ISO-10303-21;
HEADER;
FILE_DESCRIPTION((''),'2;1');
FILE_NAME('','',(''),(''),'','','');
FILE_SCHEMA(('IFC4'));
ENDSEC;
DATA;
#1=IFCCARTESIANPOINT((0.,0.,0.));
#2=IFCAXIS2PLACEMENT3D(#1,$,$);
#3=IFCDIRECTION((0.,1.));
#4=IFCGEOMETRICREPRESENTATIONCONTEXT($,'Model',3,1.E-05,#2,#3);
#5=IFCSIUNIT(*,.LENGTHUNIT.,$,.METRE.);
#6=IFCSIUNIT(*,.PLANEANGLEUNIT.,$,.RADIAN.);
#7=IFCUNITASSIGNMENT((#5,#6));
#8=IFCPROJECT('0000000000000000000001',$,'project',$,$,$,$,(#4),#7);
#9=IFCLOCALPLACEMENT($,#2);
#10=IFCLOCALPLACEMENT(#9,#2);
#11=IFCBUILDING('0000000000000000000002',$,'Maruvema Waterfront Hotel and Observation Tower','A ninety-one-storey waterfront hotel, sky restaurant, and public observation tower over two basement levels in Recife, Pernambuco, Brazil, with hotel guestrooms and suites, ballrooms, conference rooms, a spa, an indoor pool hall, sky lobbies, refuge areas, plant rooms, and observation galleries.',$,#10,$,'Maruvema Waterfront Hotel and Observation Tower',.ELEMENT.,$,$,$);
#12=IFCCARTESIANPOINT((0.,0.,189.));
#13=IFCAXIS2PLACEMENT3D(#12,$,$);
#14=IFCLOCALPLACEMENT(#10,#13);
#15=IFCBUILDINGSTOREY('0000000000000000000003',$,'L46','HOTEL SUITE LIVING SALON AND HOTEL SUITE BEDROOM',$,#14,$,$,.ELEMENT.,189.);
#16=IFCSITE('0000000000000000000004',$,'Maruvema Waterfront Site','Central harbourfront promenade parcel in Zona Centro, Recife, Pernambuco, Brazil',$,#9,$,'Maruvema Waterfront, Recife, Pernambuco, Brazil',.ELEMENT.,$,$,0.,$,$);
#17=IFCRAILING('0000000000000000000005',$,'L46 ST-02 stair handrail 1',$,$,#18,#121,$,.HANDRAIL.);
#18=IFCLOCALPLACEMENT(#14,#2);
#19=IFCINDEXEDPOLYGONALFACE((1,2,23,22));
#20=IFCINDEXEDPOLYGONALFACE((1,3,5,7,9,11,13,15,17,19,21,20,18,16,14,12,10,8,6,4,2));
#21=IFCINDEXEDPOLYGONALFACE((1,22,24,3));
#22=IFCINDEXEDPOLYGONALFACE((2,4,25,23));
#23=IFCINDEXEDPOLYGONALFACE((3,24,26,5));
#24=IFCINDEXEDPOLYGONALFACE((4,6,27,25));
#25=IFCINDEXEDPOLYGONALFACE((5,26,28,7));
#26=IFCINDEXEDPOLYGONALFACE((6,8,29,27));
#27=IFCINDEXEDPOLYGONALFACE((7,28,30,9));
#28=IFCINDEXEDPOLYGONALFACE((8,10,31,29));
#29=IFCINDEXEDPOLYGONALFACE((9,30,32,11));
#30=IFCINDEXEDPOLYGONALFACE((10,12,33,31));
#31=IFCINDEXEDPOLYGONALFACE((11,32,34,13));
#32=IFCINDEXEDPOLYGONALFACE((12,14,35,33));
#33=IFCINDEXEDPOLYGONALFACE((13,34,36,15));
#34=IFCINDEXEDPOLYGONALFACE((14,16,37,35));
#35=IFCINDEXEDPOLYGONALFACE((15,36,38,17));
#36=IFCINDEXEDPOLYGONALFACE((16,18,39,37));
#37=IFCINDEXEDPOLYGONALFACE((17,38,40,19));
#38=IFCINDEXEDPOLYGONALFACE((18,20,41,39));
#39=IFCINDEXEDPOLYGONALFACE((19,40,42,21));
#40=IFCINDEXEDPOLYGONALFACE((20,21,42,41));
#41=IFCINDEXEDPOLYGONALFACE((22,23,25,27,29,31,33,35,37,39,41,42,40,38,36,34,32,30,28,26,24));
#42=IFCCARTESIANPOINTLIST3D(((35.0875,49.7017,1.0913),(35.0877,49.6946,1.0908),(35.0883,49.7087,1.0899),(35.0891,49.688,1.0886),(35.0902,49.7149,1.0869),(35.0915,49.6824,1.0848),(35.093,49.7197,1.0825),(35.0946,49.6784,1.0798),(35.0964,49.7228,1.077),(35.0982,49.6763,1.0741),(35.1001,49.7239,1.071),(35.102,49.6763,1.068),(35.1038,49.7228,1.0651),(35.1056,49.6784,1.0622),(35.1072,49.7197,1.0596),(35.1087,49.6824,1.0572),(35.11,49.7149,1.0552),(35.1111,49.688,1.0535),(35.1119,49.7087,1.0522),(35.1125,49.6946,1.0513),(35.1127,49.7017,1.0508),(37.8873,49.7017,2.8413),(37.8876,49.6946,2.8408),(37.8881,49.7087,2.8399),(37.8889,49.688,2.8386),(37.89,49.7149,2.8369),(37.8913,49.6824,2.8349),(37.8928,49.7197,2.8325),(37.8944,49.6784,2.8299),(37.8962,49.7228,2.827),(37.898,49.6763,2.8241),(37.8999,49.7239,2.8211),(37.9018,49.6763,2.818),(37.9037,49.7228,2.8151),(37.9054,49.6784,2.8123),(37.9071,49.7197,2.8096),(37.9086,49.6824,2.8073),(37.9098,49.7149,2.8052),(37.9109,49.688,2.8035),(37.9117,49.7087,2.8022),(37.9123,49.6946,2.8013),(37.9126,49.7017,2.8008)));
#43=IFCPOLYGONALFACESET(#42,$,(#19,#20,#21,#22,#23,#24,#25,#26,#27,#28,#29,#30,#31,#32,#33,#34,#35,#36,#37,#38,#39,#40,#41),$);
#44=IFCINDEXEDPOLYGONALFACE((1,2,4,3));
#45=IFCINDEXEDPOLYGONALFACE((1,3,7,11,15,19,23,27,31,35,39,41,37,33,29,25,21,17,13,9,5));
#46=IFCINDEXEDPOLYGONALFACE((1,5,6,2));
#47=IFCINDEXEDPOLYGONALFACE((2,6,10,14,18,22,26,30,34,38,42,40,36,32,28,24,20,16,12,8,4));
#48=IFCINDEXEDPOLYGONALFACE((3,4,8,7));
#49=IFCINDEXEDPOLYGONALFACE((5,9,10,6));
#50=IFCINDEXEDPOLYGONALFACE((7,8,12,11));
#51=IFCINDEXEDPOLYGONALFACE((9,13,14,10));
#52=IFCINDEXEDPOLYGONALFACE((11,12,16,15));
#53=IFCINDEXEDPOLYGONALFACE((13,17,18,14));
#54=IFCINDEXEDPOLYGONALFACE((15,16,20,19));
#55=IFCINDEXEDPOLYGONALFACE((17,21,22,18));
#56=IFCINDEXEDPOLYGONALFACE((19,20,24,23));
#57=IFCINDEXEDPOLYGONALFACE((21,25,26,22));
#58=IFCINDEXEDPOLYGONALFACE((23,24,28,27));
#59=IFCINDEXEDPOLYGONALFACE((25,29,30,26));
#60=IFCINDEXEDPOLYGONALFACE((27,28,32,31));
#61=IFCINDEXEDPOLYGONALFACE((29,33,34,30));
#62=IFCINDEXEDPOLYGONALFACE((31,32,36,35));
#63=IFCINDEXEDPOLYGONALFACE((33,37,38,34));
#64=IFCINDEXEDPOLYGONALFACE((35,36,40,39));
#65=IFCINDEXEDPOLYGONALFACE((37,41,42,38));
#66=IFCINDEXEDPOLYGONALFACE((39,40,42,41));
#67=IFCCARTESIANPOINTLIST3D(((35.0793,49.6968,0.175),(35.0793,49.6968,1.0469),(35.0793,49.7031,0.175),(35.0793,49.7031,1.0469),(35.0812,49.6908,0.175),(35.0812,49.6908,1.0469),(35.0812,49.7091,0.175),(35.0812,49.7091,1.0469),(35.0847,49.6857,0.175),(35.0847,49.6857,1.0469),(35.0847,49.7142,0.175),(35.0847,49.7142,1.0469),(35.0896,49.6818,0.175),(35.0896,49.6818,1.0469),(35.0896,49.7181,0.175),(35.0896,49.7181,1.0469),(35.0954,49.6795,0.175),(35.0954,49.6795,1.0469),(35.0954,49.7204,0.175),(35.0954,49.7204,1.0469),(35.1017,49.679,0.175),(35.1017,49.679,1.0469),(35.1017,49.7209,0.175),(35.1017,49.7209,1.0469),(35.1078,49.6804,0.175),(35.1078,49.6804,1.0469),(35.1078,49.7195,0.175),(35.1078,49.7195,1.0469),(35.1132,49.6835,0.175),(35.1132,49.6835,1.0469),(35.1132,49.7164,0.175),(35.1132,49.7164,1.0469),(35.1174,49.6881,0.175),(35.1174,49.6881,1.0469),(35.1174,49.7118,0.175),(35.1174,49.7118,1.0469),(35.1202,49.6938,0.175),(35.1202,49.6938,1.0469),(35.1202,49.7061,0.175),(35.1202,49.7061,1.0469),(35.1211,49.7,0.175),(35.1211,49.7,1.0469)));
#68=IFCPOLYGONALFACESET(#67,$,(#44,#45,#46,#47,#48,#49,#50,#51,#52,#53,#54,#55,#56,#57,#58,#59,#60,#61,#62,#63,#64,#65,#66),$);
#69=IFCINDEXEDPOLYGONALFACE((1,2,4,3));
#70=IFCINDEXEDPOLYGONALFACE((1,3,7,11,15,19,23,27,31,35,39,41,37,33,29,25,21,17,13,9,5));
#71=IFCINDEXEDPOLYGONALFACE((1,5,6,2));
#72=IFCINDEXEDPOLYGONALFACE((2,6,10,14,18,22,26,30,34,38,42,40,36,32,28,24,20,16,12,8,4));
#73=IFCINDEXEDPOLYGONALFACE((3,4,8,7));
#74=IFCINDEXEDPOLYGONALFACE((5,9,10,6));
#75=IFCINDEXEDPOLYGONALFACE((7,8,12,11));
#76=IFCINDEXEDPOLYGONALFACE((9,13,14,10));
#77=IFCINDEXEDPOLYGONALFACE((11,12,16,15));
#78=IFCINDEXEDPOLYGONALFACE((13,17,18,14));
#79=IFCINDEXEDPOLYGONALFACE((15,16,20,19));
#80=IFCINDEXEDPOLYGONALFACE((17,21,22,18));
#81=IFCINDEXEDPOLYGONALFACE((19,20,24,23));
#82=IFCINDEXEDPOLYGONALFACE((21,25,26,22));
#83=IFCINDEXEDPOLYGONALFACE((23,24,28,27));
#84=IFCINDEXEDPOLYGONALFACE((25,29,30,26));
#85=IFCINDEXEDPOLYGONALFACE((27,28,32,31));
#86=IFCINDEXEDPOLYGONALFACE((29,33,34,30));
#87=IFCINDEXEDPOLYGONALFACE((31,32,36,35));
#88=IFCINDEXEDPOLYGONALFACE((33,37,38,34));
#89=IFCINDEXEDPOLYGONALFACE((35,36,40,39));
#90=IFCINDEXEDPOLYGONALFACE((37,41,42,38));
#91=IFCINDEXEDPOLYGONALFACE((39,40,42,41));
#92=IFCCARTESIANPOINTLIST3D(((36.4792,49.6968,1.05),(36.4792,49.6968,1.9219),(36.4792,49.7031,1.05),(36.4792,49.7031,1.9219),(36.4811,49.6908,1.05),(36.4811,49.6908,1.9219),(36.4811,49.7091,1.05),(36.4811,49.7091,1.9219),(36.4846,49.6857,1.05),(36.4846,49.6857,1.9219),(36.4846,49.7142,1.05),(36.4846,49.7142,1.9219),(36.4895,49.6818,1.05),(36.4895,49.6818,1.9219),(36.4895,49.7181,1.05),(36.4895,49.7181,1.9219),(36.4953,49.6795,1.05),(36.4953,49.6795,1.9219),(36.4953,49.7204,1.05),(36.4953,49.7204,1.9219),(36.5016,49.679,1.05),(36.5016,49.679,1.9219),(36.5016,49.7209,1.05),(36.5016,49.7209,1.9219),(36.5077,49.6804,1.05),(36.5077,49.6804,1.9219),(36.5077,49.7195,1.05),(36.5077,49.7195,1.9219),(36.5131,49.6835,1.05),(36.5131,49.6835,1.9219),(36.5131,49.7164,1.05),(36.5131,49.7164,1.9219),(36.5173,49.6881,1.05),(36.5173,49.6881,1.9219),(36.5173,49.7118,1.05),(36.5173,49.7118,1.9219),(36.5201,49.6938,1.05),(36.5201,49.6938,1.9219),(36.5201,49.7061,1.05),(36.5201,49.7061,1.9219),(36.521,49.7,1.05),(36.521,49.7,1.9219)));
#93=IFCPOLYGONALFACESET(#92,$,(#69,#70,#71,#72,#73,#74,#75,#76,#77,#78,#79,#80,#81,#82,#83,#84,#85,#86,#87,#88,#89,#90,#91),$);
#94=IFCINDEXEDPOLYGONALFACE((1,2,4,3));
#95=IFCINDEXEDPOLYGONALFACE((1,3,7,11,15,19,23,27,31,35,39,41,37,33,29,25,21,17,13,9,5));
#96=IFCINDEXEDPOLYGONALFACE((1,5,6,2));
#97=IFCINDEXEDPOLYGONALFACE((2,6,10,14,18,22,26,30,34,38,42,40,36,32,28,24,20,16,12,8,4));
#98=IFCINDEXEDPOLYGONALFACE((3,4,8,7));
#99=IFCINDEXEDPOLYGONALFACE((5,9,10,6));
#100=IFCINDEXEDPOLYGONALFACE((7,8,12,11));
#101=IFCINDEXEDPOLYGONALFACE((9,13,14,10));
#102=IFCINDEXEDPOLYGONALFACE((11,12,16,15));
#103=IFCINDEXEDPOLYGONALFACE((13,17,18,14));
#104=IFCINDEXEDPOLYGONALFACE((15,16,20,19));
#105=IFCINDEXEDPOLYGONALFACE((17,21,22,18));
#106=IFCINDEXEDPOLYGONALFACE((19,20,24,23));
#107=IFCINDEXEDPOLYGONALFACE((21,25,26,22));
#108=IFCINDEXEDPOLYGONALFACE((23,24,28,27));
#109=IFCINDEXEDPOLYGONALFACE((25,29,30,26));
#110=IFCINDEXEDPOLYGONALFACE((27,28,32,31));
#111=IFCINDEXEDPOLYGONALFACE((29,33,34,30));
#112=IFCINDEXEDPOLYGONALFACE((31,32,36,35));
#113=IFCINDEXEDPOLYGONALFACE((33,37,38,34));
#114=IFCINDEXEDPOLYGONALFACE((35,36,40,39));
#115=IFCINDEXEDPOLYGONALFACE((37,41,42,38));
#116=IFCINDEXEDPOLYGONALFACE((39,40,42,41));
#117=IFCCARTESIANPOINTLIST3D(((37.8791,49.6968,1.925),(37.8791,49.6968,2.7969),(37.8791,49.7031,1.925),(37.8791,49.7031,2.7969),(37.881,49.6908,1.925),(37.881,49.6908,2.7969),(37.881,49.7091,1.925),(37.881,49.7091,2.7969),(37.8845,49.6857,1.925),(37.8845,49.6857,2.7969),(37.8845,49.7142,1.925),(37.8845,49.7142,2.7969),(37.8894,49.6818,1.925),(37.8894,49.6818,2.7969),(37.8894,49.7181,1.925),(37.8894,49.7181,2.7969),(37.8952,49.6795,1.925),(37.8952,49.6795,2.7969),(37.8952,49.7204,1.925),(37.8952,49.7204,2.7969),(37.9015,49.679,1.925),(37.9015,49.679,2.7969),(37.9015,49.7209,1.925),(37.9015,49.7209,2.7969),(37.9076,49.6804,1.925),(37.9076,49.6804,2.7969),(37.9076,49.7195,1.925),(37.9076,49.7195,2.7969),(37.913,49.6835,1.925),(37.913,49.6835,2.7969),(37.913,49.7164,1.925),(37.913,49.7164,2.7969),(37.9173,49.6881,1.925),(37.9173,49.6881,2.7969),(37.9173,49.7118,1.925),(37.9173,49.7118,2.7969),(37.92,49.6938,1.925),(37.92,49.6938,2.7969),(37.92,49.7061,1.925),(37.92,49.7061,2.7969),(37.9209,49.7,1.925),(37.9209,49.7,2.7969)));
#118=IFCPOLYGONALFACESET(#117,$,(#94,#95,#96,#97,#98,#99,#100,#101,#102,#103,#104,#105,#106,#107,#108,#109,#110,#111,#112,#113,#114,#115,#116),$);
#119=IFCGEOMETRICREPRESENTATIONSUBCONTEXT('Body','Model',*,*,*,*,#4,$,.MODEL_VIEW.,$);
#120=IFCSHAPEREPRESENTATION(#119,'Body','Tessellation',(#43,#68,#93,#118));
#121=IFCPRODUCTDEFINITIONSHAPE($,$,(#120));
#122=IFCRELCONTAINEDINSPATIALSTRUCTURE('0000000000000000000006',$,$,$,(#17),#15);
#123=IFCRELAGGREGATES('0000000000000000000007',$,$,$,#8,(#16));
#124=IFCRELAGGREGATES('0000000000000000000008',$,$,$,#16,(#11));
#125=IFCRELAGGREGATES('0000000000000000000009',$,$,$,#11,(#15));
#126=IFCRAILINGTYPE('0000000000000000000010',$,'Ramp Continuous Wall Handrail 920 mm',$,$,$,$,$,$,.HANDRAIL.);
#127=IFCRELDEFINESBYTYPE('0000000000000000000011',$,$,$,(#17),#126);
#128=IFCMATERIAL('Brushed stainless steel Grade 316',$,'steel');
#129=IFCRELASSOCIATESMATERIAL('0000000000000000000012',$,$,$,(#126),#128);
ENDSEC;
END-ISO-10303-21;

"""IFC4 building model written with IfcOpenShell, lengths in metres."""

from ifc_helpers import new_model, si_unit, direction, frame, origin, origin_2d, place, context, subcontext, project, spatial, circle, extrude, material, type_object, element, save


model = new_model("IFC4")

# Units and contexts
model_context = context("Model", 3, precision=1e-05, world=origin(), true_north=direction((0.0, 1.0)))
body_context = subcontext(model_context, "Body", "Model", "MODEL_VIEW")
ifc_project = project(units=[si_unit("LENGTHUNIT", "METRE"), si_unit("PLANEANGLEUNIT", "RADIAN")], contexts=[model_context])

# Site, building, storey
site_placement = place(None, origin())
site = spatial("IfcSite", under=ifc_project, at=site_placement, Name="Maruvema Waterfront Site", Description="Central harbourfront promenade parcel in Zona Centro, Recife, Pernambuco, Brazil", LongName="Maruvema Waterfront, Recife, Pernambuco, Brazil", CompositionType="ELEMENT", RefElevation=0.0)
building_placement = place(site_placement, origin())
building = spatial("IfcBuilding", under=site, at=building_placement, Name="Maruvema Waterfront Hotel and Observation Tower", Description="A ninety-one-storey waterfront hotel, sky restaurant, and public observation tower over two basement levels in Recife, Pernambuco, Brazil, with hotel guestrooms and suites, ballrooms, conference rooms, a spa, an indoor pool hall, sky lobbies, refuge areas, plant rooms, and observation galleries.", LongName="Maruvema Waterfront Hotel and Observation Tower", CompositionType="ELEMENT")
storey_placement = place(building_placement, frame((0.0, 0.0, 189.0)))
storey = spatial("IfcBuildingStorey", under=building, at=storey_placement, Name="L46", Description="HOTEL SUITE LIVING SALON AND HOTEL SUITE BEDROOM", CompositionType="ELEMENT", Elevation=189.0)

# Railing
ifc_material_1 = material(Name="Brushed stainless steel Grade 316", Category="steel")
railing_type_1 = type_object("IfcRailingType", Name="Ramp Continuous Wall Handrail 920 mm", PredefinedType="HANDRAIL", material=ifc_material_1)
railing_1_placement = place(storey_placement, frame((35.1001, 49.7, 0.175)))
element("IfcRailing", 1, at=railing_1_placement, inside=storey, type_object=railing_type_1, Name="L46 ST-02 stair handrail 1", PredefinedType="HANDRAIL", context=body_context, shape_type="SweptSolid", body=[
    extrude(circle(Radius=0.0239, at=origin_2d()), frame((0.0, 0.0, 0.896), z_axis=(0.847982, 0.0, 0.530026), x_axis=(0.0, 1.0, 0.0)), (0.0, 0.0, 1.0), 3.3018),
    extrude(circle(Radius=0.021, at=origin_2d()), origin(), (0.0, 0.0, 1.0), 0.8718),
    extrude(circle(Radius=0.021, at=origin_2d()), frame((1.3999, 0.0, 0.875)), (0.0, 0.0, 1.0), 0.8718),
    extrude(circle(Radius=0.021, at=origin_2d()), frame((2.7998, 0.0, 1.75)), (0.0, 0.0, 1.0), 0.8718),
])

save(model, "model.ifc")
